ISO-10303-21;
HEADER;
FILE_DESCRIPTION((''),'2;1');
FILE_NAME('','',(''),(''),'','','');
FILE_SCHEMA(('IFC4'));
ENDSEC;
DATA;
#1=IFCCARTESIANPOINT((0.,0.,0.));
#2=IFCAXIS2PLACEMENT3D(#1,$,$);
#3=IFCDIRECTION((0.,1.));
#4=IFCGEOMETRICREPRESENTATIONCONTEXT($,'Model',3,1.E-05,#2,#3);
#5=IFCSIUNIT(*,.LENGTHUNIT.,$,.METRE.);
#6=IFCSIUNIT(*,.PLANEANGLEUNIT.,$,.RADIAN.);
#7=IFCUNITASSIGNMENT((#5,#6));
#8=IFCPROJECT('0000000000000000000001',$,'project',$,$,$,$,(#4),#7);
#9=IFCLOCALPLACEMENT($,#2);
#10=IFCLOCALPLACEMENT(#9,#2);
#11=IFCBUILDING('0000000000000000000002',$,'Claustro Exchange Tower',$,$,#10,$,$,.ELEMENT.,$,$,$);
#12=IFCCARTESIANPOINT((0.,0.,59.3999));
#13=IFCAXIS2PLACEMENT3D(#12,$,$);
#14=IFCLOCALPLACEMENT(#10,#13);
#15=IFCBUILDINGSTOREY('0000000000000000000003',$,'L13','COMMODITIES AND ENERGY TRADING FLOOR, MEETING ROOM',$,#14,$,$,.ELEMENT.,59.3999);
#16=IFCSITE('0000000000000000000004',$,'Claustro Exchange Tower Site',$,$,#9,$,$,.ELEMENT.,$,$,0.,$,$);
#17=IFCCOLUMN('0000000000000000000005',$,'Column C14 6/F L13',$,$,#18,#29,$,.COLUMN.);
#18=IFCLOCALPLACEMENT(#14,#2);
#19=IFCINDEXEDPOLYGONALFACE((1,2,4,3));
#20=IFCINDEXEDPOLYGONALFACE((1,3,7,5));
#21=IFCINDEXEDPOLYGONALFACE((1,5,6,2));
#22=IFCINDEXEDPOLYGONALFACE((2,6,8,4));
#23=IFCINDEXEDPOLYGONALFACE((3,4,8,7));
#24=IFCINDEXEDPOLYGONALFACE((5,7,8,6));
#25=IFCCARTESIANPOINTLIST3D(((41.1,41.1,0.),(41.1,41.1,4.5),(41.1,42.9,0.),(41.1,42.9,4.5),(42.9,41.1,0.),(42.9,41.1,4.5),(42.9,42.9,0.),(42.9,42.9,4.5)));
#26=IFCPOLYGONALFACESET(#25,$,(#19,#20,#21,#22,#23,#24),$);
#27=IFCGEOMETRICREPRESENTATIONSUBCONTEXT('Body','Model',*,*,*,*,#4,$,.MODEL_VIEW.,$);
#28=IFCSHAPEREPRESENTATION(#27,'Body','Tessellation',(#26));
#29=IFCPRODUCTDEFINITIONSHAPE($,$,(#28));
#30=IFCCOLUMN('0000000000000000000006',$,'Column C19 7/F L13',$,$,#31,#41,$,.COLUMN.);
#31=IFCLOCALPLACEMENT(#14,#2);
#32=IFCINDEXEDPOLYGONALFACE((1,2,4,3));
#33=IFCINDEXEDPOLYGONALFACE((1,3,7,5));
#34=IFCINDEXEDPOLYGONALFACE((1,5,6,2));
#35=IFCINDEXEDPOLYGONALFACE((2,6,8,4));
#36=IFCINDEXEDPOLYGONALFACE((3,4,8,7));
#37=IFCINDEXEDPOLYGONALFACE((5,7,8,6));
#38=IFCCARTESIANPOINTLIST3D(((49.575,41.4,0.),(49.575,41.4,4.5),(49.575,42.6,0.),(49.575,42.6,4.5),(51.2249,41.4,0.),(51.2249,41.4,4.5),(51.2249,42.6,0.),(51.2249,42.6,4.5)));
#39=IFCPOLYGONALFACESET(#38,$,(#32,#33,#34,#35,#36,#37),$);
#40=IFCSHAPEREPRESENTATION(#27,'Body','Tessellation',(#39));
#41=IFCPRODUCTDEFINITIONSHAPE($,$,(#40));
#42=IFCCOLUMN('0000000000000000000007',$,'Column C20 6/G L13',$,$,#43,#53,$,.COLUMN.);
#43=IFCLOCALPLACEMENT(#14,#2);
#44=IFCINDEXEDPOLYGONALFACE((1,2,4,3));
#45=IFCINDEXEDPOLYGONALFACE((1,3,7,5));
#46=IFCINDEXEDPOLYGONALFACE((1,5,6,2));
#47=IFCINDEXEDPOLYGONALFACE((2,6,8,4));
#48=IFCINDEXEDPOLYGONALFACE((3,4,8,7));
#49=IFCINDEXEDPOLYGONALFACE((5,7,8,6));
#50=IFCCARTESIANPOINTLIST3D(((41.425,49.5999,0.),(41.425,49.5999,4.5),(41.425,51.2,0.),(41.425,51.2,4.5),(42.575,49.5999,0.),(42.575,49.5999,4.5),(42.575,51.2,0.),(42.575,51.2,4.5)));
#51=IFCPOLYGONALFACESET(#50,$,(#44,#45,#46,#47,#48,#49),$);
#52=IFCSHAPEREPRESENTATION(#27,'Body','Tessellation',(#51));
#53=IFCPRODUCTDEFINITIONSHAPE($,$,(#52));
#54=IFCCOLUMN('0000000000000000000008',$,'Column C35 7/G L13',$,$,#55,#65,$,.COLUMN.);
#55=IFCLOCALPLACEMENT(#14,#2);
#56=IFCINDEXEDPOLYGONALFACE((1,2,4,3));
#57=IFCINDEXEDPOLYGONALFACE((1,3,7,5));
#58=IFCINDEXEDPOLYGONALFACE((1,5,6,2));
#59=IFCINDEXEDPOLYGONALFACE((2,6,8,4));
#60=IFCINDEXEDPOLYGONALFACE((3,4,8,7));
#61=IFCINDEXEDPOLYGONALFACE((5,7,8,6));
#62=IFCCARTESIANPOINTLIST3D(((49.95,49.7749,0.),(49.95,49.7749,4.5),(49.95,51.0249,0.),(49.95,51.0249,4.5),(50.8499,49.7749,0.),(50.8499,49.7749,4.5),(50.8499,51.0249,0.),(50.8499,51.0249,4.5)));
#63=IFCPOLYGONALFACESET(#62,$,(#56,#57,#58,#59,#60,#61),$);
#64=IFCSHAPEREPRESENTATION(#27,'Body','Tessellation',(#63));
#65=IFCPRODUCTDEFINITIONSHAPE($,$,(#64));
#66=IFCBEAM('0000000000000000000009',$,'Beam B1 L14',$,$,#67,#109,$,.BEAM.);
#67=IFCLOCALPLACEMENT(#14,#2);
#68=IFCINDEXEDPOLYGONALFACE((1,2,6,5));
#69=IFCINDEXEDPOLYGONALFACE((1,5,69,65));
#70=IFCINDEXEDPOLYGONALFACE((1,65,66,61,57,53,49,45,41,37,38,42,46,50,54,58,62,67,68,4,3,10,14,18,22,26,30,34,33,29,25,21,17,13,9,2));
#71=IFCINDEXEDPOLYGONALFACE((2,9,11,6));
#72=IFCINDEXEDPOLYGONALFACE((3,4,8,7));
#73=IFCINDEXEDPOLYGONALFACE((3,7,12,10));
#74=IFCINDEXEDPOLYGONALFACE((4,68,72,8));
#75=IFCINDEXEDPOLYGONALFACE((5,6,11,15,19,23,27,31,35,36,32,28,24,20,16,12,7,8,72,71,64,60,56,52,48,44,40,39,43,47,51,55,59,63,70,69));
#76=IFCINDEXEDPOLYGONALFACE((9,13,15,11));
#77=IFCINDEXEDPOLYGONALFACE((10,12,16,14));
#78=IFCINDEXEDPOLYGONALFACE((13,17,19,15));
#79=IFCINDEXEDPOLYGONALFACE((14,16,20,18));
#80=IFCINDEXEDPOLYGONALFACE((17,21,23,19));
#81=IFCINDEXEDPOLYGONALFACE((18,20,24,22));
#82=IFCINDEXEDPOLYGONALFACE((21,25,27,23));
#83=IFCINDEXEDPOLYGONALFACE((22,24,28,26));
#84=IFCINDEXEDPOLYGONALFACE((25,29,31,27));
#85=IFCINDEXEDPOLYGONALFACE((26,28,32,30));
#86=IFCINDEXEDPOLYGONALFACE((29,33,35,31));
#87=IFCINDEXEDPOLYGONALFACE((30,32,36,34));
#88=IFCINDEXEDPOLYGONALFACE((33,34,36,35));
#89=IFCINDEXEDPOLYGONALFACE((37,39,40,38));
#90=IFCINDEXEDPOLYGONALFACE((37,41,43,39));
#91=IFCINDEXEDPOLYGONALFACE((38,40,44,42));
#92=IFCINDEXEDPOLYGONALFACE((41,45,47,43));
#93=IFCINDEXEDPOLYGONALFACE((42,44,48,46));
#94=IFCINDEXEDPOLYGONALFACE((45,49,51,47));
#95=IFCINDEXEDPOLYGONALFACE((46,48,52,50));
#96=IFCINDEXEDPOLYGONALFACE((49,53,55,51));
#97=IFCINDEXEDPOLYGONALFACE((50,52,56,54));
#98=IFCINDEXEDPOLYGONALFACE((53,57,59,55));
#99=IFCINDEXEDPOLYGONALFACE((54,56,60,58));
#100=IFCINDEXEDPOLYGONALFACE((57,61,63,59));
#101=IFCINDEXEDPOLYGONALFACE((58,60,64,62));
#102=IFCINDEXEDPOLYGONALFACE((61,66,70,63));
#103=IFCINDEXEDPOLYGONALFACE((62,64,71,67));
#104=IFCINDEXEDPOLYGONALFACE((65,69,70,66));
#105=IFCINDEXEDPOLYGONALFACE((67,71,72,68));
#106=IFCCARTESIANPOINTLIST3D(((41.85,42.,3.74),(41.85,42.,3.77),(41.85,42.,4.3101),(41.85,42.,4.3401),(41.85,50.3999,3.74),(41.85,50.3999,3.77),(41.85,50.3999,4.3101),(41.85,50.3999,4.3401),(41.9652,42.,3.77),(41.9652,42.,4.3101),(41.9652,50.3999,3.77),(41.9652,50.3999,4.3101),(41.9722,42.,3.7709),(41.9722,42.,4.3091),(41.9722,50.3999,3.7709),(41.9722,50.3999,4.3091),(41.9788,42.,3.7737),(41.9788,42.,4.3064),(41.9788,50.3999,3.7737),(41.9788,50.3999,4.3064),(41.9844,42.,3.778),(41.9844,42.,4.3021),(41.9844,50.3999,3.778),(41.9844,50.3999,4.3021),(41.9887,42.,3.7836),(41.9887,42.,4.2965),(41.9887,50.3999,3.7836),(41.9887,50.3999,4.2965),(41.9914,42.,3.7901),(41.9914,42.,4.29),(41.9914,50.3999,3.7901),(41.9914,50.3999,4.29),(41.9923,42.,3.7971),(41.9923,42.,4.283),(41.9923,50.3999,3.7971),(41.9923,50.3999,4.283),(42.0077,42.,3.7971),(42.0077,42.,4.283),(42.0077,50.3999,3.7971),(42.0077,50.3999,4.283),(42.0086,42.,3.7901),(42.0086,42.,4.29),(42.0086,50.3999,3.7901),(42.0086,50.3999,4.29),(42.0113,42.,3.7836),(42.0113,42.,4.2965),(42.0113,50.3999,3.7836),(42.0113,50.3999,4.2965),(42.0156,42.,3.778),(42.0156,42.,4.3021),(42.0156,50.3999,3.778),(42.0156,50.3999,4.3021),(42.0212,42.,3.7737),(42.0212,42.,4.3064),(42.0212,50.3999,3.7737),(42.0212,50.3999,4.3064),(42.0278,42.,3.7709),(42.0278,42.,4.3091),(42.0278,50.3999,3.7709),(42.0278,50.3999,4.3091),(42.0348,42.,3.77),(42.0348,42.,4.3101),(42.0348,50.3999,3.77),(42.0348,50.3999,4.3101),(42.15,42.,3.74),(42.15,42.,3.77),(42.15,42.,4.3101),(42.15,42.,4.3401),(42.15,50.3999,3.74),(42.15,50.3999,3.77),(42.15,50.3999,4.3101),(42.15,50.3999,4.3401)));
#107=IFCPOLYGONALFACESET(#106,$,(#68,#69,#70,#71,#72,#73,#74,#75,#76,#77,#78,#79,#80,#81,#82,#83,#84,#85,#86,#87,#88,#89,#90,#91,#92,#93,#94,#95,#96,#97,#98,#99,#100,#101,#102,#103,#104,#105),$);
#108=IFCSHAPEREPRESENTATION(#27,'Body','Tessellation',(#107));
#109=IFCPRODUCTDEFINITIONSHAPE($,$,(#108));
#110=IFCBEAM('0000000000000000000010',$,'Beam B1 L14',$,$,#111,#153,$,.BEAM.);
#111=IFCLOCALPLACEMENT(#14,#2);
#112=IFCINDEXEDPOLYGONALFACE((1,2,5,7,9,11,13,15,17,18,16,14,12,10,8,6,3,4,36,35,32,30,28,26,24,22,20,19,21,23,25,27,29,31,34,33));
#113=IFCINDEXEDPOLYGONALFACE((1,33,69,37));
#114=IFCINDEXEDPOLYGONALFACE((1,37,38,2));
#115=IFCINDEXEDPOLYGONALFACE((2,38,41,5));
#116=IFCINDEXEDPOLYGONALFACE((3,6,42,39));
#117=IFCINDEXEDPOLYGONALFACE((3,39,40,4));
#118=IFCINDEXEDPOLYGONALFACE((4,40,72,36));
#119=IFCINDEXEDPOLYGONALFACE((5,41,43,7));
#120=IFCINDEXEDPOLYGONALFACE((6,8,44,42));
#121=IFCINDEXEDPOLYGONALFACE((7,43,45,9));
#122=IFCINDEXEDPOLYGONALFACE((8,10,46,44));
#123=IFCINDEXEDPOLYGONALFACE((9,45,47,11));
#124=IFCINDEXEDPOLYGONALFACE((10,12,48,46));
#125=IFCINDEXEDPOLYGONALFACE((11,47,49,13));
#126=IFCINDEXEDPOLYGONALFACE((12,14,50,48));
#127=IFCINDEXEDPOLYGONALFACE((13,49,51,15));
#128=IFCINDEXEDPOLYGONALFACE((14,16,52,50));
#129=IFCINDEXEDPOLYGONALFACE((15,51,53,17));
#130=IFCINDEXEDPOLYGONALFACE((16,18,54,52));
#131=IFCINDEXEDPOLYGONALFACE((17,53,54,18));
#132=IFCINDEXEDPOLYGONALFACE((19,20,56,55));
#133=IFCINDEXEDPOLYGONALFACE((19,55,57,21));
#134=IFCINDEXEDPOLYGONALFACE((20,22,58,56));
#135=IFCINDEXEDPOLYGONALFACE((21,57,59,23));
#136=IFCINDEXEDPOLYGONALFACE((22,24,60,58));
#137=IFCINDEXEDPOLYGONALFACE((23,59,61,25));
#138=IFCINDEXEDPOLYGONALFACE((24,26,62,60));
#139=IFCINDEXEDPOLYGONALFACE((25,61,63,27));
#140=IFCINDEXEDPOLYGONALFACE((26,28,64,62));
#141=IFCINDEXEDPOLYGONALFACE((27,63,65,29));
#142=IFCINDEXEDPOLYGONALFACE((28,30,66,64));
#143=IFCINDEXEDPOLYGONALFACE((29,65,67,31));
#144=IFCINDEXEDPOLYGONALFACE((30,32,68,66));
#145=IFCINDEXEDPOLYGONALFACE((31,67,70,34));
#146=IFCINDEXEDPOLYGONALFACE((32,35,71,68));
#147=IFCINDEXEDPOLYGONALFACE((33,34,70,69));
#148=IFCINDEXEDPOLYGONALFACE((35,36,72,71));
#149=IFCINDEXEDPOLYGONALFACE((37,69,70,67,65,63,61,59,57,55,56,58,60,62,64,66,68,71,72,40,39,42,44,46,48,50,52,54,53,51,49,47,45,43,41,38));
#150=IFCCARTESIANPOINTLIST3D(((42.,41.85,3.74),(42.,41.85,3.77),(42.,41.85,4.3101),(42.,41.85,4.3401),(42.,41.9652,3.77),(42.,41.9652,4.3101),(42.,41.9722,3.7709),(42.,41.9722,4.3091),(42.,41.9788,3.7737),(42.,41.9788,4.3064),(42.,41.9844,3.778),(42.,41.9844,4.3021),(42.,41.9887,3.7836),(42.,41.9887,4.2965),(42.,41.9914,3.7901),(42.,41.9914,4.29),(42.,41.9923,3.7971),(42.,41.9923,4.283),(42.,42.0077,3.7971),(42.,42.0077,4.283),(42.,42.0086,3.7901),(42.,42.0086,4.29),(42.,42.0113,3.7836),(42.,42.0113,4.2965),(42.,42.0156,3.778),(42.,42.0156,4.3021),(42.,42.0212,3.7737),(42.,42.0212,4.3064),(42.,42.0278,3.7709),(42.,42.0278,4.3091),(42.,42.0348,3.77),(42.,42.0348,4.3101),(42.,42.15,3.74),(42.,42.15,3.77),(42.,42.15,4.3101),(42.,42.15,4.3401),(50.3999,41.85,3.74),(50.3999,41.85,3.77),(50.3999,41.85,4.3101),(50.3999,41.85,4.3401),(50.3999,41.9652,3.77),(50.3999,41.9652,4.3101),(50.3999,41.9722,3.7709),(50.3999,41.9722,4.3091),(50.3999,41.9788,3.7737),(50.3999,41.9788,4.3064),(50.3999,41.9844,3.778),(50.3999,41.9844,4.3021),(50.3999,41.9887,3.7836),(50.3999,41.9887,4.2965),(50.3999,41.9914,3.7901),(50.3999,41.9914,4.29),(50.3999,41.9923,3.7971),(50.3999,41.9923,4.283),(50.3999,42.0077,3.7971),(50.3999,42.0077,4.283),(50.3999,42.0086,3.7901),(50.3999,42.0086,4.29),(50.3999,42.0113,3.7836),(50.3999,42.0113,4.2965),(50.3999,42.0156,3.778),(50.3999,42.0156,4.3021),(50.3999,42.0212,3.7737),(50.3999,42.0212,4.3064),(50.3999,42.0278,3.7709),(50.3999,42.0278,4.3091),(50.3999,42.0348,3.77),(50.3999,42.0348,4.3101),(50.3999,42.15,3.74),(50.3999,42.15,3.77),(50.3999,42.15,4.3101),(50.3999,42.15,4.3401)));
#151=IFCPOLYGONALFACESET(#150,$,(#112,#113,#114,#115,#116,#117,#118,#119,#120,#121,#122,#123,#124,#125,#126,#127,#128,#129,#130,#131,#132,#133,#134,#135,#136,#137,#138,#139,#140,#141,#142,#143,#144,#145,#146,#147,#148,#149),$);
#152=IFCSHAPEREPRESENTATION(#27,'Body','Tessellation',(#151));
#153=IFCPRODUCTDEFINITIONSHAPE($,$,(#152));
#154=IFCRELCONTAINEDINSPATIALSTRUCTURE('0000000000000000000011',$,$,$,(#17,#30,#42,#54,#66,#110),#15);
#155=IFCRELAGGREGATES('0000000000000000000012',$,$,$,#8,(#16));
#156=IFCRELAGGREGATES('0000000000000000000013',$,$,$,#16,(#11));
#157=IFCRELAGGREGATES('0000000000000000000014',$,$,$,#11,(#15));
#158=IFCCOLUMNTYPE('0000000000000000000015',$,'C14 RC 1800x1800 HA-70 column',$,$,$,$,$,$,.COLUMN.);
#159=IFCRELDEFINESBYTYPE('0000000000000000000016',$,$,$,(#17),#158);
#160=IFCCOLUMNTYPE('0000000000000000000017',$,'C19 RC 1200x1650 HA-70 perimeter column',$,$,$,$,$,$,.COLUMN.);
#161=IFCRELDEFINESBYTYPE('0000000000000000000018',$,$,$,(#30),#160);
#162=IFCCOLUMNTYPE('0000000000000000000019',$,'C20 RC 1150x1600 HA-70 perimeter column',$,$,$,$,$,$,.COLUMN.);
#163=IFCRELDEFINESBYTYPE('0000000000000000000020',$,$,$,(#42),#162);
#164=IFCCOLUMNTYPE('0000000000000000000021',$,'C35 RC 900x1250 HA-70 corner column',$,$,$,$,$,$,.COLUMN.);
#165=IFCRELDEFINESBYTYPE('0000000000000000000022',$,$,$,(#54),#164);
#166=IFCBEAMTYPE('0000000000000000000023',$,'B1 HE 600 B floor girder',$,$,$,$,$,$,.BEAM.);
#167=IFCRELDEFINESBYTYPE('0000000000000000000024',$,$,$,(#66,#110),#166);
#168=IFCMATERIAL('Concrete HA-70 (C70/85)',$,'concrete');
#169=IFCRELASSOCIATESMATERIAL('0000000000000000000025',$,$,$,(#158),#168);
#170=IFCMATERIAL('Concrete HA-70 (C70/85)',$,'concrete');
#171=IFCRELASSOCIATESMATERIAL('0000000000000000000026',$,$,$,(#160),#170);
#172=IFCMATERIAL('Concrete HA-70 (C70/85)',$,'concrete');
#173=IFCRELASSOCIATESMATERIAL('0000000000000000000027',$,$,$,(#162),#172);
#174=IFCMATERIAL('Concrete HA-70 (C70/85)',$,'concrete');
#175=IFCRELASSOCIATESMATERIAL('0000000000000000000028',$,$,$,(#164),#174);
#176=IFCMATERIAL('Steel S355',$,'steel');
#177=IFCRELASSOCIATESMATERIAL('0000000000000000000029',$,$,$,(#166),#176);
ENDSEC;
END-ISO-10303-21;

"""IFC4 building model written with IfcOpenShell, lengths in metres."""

from ifc_helpers import new_model, si_unit, direction, frame, origin, origin_2d, place, context, subcontext, project, spatial, rectangle, i_section, extrude, material, material_profile, profile_set, type_object, element, save


model = new_model("IFC4")

# Units and contexts
model_context = context("Model", 3, precision=1e-05, world=origin(), true_north=direction((0.0, 1.0)))
body_context = subcontext(model_context, "Body", "Model", "MODEL_VIEW")
ifc_project = project(units=[si_unit("LENGTHUNIT", "METRE"), si_unit("PLANEANGLEUNIT", "RADIAN")], contexts=[model_context])

# Site, building, storey
site_placement = place(None, origin())
site = spatial("IfcSite", under=ifc_project, at=site_placement, Name="Claustro Exchange Tower Site", CompositionType="ELEMENT", RefElevation=0.0)
building_placement = place(site_placement, origin())
building = spatial("IfcBuilding", under=site, at=building_placement, Name="Claustro Exchange Tower", CompositionType="ELEMENT")
storey_placement = place(building_placement, frame((0.0, 0.0, 59.3999)))
storey = spatial("IfcBuildingStorey", under=building, at=storey_placement, Name="L13", Description="COMMODITIES AND ENERGY TRADING FLOOR, MEETING ROOM", CompositionType="ELEMENT", Elevation=59.3999)

# Columns
ifc_material_1 = material(Name="Concrete HA-70 (C70/85)", Category="concrete")
ifc_material_profile_1 = material_profile(ifc_material_1, rectangle(XDim=1.8, YDim=1.8, at=origin_2d()), Name="RC 1800x1800")
ifc_profile_set_1 = profile_set([ifc_material_profile_1], Name="Concrete HA-70 (C70/85)")
column_type_1 = type_object("IfcColumnType", Name="C14 RC 1800x1800 HA-70 column", PredefinedType="COLUMN", material=ifc_profile_set_1)
column_1_placement = place(storey_placement, frame((42.0, 42.0, 0.0), z_axis=(0.0, 0.0, 1.0), x_axis=(1.0, 0.0, 0.0)))
element("IfcColumn", 1, at=column_1_placement, inside=storey, type_object=column_type_1, Name="Column C14 6/F L13", PredefinedType="COLUMN", context=body_context, shape_type="SweptSolid", body=[
    extrude(rectangle(XDim=1.8, YDim=1.8, at=origin_2d()), origin(), (0.0, 0.0, 1.0), 4.5),
])
ifc_material_2 = material(Name="Concrete HA-70 (C70/85)", Category="concrete")
ifc_material_profile_2 = material_profile(ifc_material_2, rectangle(XDim=1.2, YDim=1.6499, at=origin_2d()), Name="RC 1200x1650")
ifc_profile_set_2 = profile_set([ifc_material_profile_2], Name="Concrete HA-70 (C70/85)")
column_type_2 = type_object("IfcColumnType", Name="C19 RC 1200x1650 HA-70 perimeter column", PredefinedType="COLUMN", material=ifc_profile_set_2)
column_2_placement = place(storey_placement, frame((50.3999, 42.0, 0.0), z_axis=(0.0, 0.0, 1.0), x_axis=(0.0, 1.0, 0.0)))
element("IfcColumn", 2, at=column_2_placement, inside=storey, type_object=column_type_2, Name="Column C19 7/F L13", PredefinedType="COLUMN", context=body_context, shape_type="SweptSolid", body=[
    extrude(rectangle(XDim=1.2, YDim=1.6499, at=origin_2d()), origin(), (0.0, 0.0, 1.0), 4.5),
])
ifc_material_3 = material(Name="Concrete HA-70 (C70/85)", Category="concrete")
ifc_material_profile_3 = material_profile(ifc_material_3, rectangle(XDim=1.1499, YDim=1.6001, at=origin_2d()), Name="RC 1150x1600")
ifc_profile_set_3 = profile_set([ifc_material_profile_3], Name="Concrete HA-70 (C70/85)")
column_type_3 = type_object("IfcColumnType", Name="C20 RC 1150x1600 HA-70 perimeter column", PredefinedType="COLUMN", material=ifc_profile_set_3)
column_3_placement = place(storey_placement, frame((42.0, 50.3999, 0.0), z_axis=(0.0, 0.0, 1.0), x_axis=(1.0, 0.0, 0.0)))
element("IfcColumn", 3, at=column_3_placement, inside=storey, type_object=column_type_3, Name="Column C20 6/G L13", PredefinedType="COLUMN", context=body_context, shape_type="SweptSolid", body=[
    extrude(rectangle(XDim=1.1499, YDim=1.6001, at=origin_2d()), origin(), (0.0, 0.0, 1.0), 4.5),
])
ifc_material_4 = material(Name="Concrete HA-70 (C70/85)", Category="concrete")
ifc_material_profile_4 = material_profile(ifc_material_4, rectangle(XDim=0.8999, YDim=1.25, at=origin_2d()), Name="RC 900x1250")
ifc_profile_set_4 = profile_set([ifc_material_profile_4], Name="Concrete HA-70 (C70/85)")
column_type_4 = type_object("IfcColumnType", Name="C35 RC 900x1250 HA-70 corner column", PredefinedType="COLUMN", material=ifc_profile_set_4)
column_4_placement = place(storey_placement, frame((50.3999, 50.3999, 0.0), z_axis=(0.0, 0.0, 1.0), x_axis=(1.0, 0.0, 0.0)))
element("IfcColumn", 4, at=column_4_placement, inside=storey, type_object=column_type_4, Name="Column C35 7/G L13", PredefinedType="COLUMN", context=body_context, shape_type="SweptSolid", body=[
    extrude(rectangle(XDim=0.8999, YDim=1.25, at=origin_2d()), origin(), (0.0, 0.0, 1.0), 4.5),
])

# Beams
ifc_material_5 = material(Name="Steel S355", Category="steel")
ifc_material_profile_5 = material_profile(ifc_material_5, i_section(OverallWidth=0.3, OverallDepth=0.6001, WebThickness=0.0154, FlangeThickness=0.03, FilletRadius=0.0271, at=origin_2d()), Name="HE 600 B")
ifc_profile_set_5 = profile_set([ifc_material_profile_5], Name="Steel S355")
beam_type_1 = type_object("IfcBeamType", Name="B1 HE 600 B floor girder", PredefinedType="BEAM", material=ifc_profile_set_5)
for number, where, z_axis, x_axis, name in (
    (5, (42.0, 42.0, 4.04), (0.0, 1.0, 0.0), (-1.0, 0.0, 0.0), "Beam B1 L14"),
    (6, (42.0, 42.0, 4.04), (1.0, 0.0, 0.0), (0.0, 1.0, 0.0), "Beam B1 L14"),
):
    element("IfcBeam", number, at=place(storey_placement, frame(where, z_axis=z_axis, x_axis=x_axis)), inside=storey, type_object=beam_type_1, Name=name, PredefinedType="BEAM", context=body_context, shape_type="SweptSolid", body=[
        extrude(i_section(OverallWidth=0.3, OverallDepth=0.6001, WebThickness=0.0154, FlangeThickness=0.03, FilletRadius=0.0271, at=origin_2d()), origin(), (0.0, 0.0, 1.0), 8.3999),
    ])

save(model, "model.ifc")
